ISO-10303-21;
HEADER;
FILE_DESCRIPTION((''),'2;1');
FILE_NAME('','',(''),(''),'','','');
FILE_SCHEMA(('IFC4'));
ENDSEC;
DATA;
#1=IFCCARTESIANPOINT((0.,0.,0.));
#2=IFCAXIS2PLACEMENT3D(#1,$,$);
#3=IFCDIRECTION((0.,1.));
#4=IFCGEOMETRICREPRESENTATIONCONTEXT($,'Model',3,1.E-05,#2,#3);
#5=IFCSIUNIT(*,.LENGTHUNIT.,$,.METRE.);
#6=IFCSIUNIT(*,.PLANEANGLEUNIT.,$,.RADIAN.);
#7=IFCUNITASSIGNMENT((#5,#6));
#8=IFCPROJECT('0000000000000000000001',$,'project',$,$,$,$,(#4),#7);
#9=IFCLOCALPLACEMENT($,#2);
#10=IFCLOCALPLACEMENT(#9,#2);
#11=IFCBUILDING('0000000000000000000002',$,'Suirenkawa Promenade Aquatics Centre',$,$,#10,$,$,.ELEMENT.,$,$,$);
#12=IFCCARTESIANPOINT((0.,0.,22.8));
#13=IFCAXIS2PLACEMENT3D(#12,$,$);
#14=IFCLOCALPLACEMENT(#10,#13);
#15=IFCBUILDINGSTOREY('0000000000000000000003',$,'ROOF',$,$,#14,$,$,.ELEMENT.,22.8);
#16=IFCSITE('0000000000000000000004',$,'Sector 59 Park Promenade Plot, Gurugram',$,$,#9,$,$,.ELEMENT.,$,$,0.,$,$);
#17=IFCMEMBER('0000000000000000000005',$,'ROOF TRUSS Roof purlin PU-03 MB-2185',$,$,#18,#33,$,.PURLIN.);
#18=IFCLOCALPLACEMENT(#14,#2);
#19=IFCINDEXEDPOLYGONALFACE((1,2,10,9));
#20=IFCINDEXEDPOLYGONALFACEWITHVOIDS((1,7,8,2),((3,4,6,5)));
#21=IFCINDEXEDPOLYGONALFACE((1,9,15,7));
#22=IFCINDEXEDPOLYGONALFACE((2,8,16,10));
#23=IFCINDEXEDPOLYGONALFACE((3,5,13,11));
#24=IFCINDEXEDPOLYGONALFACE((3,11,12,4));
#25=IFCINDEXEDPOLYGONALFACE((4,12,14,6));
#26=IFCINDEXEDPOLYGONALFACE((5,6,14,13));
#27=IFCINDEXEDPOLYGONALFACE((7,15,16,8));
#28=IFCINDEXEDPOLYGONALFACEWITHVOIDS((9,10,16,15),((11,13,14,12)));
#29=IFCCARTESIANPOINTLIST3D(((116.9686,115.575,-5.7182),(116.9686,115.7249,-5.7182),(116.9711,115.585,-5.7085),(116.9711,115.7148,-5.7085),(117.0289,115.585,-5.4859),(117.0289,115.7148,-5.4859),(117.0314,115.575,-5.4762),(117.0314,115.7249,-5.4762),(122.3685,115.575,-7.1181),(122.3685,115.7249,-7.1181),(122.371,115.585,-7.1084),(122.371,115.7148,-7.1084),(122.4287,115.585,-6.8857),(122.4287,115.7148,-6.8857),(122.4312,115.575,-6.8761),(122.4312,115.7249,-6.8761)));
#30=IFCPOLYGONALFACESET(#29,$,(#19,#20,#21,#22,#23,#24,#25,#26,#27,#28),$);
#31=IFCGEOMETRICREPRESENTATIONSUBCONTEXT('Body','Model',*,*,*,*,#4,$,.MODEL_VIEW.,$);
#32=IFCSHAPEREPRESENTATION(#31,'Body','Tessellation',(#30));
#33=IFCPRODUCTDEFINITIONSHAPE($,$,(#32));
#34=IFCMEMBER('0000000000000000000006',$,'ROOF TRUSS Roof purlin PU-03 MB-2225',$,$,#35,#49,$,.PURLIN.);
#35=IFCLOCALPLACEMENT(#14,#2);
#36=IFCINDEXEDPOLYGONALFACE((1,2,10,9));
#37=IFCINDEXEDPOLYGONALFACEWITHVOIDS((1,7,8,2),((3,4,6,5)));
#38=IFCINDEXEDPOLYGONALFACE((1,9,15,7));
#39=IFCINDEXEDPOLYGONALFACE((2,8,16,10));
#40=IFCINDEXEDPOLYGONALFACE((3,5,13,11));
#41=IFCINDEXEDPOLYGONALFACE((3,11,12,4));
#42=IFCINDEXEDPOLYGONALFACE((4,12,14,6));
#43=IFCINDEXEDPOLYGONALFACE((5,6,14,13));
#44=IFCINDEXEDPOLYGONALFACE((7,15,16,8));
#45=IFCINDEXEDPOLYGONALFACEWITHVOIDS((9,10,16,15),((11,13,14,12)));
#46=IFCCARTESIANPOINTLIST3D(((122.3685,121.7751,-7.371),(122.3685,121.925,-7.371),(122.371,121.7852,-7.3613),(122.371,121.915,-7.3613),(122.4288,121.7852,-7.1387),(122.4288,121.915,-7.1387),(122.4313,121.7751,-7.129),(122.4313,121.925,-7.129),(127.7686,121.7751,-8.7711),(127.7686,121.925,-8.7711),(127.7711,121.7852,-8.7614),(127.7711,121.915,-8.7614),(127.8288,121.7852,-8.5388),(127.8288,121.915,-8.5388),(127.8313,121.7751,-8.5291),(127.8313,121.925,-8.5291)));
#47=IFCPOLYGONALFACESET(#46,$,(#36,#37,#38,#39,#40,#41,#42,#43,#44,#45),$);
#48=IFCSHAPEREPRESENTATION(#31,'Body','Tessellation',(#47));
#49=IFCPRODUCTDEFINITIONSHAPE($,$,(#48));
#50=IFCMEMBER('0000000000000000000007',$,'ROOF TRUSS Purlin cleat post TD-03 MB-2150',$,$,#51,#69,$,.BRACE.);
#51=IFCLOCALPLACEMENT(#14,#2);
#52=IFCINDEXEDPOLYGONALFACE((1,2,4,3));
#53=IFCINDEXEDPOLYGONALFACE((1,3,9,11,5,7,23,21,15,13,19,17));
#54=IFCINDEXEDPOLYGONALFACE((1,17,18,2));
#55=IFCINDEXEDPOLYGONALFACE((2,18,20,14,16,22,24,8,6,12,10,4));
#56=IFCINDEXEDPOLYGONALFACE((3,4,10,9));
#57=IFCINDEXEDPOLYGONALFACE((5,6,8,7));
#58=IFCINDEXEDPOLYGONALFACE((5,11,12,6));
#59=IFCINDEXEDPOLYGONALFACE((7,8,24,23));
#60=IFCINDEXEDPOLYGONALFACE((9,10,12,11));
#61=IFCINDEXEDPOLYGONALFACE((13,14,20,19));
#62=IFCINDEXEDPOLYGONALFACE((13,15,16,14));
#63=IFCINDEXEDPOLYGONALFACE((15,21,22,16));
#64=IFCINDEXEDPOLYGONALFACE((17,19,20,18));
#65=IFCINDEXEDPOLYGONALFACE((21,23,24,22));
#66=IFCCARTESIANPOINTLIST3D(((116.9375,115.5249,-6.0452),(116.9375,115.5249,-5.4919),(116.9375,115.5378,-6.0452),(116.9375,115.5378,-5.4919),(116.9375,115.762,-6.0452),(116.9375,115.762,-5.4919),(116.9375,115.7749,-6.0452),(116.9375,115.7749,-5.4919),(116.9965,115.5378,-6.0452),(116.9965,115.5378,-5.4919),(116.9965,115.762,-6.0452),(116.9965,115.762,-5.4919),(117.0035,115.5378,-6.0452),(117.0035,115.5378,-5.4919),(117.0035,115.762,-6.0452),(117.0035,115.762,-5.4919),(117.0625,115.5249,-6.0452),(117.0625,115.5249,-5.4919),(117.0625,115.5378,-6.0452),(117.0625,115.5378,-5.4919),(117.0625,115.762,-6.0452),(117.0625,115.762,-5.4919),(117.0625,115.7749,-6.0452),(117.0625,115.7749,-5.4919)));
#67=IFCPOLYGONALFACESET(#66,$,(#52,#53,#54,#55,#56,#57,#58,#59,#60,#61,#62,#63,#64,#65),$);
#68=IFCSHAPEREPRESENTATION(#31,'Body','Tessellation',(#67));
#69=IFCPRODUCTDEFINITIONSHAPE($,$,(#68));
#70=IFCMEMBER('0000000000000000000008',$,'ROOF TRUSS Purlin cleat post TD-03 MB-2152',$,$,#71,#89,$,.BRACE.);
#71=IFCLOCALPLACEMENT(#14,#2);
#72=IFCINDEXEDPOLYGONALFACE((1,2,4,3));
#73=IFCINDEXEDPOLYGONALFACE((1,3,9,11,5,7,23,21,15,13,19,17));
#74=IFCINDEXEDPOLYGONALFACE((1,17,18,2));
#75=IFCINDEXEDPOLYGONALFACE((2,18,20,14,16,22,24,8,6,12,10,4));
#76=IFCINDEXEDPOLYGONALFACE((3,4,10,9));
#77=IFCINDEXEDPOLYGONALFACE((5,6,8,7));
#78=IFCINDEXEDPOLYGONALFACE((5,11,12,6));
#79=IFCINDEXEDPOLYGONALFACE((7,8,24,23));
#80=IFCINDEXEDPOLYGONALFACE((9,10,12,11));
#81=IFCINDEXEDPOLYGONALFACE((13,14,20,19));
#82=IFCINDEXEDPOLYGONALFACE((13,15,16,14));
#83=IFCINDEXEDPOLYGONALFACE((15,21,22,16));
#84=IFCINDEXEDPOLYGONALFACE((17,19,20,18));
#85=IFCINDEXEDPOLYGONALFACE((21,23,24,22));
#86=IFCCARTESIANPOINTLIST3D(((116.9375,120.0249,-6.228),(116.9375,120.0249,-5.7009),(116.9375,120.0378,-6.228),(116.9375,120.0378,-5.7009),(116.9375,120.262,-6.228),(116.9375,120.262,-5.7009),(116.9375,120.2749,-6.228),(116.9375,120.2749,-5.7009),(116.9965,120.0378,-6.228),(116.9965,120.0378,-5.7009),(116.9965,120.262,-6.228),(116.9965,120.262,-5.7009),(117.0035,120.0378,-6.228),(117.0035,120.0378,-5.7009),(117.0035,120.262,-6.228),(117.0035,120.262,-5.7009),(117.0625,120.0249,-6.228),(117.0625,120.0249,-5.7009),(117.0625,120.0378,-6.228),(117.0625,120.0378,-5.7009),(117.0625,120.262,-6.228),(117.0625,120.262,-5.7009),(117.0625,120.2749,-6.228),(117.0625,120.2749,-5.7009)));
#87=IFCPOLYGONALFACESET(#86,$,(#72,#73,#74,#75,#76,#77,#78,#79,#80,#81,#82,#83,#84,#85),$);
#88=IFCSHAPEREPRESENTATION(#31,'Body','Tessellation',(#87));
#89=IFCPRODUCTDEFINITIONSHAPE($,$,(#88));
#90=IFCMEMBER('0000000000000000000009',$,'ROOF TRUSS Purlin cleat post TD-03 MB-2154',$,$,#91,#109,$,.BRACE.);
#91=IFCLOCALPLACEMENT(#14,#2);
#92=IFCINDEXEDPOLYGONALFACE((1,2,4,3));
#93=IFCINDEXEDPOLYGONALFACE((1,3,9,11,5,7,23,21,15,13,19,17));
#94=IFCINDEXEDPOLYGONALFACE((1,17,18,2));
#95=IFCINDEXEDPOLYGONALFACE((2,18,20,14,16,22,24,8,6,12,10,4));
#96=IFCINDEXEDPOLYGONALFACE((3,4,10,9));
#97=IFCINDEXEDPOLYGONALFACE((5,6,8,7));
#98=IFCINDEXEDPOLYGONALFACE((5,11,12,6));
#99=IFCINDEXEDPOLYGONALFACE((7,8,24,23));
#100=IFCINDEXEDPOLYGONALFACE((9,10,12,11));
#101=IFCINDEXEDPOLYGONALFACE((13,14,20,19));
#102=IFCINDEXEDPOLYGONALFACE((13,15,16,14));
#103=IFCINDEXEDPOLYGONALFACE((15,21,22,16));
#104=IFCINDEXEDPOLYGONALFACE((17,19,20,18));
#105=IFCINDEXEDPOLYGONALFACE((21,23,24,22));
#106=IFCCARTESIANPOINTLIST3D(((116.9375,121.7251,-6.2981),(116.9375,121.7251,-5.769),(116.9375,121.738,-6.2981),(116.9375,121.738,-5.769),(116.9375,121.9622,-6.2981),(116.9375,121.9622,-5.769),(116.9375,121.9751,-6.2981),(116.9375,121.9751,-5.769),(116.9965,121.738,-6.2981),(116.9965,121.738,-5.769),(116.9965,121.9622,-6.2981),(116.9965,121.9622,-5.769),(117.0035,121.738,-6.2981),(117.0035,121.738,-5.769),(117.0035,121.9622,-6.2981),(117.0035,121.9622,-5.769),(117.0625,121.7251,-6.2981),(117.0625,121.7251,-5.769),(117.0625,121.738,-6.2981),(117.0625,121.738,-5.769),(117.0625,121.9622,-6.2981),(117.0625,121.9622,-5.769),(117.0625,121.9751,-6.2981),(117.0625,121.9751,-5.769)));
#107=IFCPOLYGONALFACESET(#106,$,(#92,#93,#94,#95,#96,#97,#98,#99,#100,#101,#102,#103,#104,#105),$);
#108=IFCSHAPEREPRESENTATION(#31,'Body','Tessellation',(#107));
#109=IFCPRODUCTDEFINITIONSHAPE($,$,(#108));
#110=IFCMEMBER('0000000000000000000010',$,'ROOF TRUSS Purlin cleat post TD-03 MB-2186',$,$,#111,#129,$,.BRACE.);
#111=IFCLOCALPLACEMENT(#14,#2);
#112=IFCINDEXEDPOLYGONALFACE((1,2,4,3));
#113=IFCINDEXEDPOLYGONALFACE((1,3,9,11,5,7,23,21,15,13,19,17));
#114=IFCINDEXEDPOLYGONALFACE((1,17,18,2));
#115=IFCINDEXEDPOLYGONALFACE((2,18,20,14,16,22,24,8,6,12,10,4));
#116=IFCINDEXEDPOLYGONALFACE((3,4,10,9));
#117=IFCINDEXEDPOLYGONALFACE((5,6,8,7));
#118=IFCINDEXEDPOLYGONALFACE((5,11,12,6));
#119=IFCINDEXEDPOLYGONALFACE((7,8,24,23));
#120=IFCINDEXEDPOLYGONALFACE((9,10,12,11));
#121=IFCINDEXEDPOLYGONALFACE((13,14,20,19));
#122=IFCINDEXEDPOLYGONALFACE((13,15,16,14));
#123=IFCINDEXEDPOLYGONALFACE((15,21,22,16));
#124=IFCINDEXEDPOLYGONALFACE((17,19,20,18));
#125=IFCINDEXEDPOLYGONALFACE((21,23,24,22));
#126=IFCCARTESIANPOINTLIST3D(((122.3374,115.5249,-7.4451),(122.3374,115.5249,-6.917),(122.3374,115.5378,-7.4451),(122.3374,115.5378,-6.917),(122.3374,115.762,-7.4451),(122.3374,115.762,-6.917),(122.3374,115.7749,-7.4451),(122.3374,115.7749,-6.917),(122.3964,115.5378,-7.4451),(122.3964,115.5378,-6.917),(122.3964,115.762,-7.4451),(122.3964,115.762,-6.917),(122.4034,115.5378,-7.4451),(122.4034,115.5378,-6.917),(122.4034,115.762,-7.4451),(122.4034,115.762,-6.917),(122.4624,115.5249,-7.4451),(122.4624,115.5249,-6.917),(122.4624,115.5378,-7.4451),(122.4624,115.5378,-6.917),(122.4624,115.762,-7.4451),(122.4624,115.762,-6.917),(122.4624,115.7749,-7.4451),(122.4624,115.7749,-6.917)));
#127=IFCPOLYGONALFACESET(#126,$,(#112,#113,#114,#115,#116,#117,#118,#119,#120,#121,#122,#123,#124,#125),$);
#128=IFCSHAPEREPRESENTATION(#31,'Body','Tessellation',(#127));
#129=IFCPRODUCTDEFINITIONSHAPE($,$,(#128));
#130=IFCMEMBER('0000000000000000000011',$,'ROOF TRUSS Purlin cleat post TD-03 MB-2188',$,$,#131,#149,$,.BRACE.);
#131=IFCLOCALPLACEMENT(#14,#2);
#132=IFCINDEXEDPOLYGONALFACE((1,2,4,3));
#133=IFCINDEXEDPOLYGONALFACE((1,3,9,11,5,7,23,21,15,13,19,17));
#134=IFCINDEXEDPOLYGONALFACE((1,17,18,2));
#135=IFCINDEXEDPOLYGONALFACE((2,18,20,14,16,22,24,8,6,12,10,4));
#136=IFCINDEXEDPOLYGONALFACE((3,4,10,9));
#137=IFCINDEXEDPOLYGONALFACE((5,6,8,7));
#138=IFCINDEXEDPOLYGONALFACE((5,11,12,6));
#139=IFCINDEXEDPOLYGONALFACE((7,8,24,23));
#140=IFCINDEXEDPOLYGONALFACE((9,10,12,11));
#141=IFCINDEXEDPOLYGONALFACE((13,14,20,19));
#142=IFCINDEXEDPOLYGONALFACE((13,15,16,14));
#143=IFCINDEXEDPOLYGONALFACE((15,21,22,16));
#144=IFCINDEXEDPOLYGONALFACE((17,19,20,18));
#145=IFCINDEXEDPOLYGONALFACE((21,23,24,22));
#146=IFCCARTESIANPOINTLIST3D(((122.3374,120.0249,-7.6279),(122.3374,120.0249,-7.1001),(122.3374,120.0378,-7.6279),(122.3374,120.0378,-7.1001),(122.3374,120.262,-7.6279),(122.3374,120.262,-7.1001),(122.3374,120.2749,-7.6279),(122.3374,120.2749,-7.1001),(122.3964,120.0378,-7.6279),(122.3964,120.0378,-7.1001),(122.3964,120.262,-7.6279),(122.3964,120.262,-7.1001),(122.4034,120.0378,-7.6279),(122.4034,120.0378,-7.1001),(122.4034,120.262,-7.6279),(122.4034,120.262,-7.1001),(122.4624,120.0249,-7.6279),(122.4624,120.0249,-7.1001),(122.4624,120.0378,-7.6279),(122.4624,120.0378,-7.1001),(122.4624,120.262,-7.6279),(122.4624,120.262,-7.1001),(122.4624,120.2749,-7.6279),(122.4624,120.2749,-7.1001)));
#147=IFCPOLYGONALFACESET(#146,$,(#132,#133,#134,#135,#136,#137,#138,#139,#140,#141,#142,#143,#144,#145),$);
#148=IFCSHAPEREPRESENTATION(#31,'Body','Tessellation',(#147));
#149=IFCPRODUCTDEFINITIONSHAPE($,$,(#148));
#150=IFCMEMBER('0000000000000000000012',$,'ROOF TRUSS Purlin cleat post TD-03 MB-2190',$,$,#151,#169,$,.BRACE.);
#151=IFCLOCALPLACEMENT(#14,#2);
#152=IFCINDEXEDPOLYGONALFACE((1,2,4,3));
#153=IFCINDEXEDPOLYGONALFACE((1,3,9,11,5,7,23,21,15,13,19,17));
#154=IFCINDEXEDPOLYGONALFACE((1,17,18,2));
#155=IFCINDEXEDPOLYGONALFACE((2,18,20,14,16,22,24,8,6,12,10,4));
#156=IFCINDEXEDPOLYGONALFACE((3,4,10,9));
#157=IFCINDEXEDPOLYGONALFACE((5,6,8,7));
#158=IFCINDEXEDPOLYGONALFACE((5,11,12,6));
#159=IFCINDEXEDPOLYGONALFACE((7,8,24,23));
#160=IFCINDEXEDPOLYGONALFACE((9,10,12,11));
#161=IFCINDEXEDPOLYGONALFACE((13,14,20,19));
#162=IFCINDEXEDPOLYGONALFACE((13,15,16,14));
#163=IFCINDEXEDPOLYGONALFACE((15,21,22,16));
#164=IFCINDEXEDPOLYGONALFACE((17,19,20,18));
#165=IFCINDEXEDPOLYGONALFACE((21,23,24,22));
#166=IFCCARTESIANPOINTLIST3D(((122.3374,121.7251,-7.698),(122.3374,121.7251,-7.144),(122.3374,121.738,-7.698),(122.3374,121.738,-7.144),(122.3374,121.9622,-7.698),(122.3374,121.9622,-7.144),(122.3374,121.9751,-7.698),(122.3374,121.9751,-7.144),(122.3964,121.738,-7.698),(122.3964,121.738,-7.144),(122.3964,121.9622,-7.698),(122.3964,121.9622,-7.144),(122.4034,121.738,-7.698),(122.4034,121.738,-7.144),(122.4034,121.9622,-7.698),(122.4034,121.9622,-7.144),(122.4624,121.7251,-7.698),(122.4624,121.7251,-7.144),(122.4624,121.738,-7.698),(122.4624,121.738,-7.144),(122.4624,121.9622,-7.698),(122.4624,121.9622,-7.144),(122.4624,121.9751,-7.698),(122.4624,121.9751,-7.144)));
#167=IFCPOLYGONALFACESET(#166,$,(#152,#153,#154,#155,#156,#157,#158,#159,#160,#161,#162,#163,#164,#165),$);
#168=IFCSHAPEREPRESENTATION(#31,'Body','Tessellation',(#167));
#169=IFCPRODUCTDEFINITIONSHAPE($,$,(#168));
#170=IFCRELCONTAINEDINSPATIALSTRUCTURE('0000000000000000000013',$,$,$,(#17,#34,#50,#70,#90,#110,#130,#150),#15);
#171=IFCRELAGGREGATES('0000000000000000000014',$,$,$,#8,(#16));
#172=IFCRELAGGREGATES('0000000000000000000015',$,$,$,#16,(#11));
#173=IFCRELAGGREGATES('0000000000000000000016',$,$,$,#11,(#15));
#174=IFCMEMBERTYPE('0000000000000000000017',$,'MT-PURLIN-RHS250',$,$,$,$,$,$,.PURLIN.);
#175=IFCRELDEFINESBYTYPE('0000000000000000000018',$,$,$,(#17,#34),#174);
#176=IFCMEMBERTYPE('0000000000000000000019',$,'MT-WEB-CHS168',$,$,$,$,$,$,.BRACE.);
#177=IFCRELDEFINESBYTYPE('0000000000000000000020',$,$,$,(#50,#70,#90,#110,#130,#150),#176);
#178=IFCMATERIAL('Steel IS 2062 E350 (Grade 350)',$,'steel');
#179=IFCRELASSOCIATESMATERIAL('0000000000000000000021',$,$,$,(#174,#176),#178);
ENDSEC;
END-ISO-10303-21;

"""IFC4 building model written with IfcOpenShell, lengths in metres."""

from ifc_helpers import new_model, si_unit, direction, frame, origin, origin_2d, place, context, subcontext, project, spatial, hollow_rectangle, i_section, extrude, material, material_profile, profile_set, type_object, element, save


model = new_model("IFC4")

# Units and contexts
model_context = context("Model", 3, precision=1e-05, world=origin(), true_north=direction((0.0, 1.0)))
body_context = subcontext(model_context, "Body", "Model", "MODEL_VIEW")
ifc_project = project(units=[si_unit("LENGTHUNIT", "METRE"), si_unit("PLANEANGLEUNIT", "RADIAN")], contexts=[model_context])

# Site, building, storey
site_placement = place(None, origin())
site = spatial("IfcSite", under=ifc_project, at=site_placement, Name="Sector 59 Park Promenade Plot, Gurugram", CompositionType="ELEMENT", RefElevation=0.0)
building_placement = place(site_placement, origin())
building = spatial("IfcBuilding", under=site, at=building_placement, Name="Suirenkawa Promenade Aquatics Centre", CompositionType="ELEMENT")
storey_placement = place(building_placement, frame((0.0, 0.0, 22.8)))
storey = spatial("IfcBuildingStorey", under=building, at=storey_placement, Name="ROOF", CompositionType="ELEMENT", Elevation=22.8)

# Shared definitions
ifc_material = material(Name="Steel IS 2062 E350 (Grade 350)", Category="steel")

# Members
ifc_material_profile_1 = material_profile(ifc_material, hollow_rectangle(XDim=0.1499, YDim=0.25, WallThickness=0.01, at=origin_2d()), Name="RHS 250x150x10", Category="steel")
ifc_profile_set_1 = profile_set([ifc_material_profile_1], Name="Steel IS 2062 E350 (Grade 350)")
member_type_1 = type_object("IfcMemberType", Name="MT-PURLIN-RHS250", PredefinedType="PURLIN", material=ifc_profile_set_1)
member_1_placement = place(storey_placement, frame((117.0, 115.6499, -5.5972), z_axis=(0.968, 0.0, -0.25095), x_axis=(0.0, 1.0, 0.0)))
element("IfcMember", 1, at=member_1_placement, inside=storey, type_object=member_type_1, Name="ROOF TRUSS Roof purlin PU-03 MB-2185", PredefinedType="PURLIN", context=body_context, shape_type="SweptSolid", body=[
    extrude(hollow_rectangle(XDim=0.1499, YDim=0.25, WallThickness=0.01, at=origin_2d()), origin(), (0.0, 0.0, 1.0), 5.5784),
])
member_2_placement = place(storey_placement, frame((122.3999, 121.8501, -7.25), z_axis=(0.967992, 0.0, -0.25098), x_axis=(0.0, 1.0, 0.0)))
element("IfcMember", 2, at=member_2_placement, inside=storey, type_object=member_type_1, Name="ROOF TRUSS Roof purlin PU-03 MB-2225", PredefinedType="PURLIN", context=body_context, shape_type="SweptSolid", body=[
    extrude(hollow_rectangle(XDim=0.1499, YDim=0.25, WallThickness=0.01, at=origin_2d()), origin(), (0.0, 0.0, 1.0), 5.5786),
])
ifc_material_profile_2 = material_profile(ifc_material, i_section(OverallWidth=0.125, OverallDepth=0.25, WebThickness=0.0071, FlangeThickness=0.0129, at=origin_2d()), Name="ISMB 250", Category="steel")
ifc_profile_set_2 = profile_set([ifc_material_profile_2], Name="Steel IS 2062 E350 (Grade 350)")
member_type_2 = type_object("IfcMemberType", Name="MT-WEB-CHS168", PredefinedType="BRACE", material=ifc_profile_set_2)
member_3_placement = place(storey_placement, frame((117.0, 115.6499, -6.0452), z_axis=(0.0, 0.0, 1.0), x_axis=(1.0, 0.0, 0.0)))
element("IfcMember", 3, at=member_3_placement, inside=storey, type_object=member_type_2, Name="ROOF TRUSS Purlin cleat post TD-03 MB-2150", PredefinedType="BRACE", context=body_context, shape_type="SweptSolid", body=[
    extrude(i_section(OverallWidth=0.125, OverallDepth=0.25, WebThickness=0.0071, FlangeThickness=0.0129, at=origin_2d()), origin(), (0.0, 0.0, 1.0), 0.5532),
])
member_4_placement = place(storey_placement, frame((117.0, 120.1499, -6.228), z_axis=(0.0, 0.0, 1.0), x_axis=(1.0, 0.0, 0.0)))
element("IfcMember", 4, at=member_4_placement, inside=storey, type_object=member_type_2, Name="ROOF TRUSS Purlin cleat post TD-03 MB-2152", PredefinedType="BRACE", context=body_context, shape_type="SweptSolid", body=[
    extrude(i_section(OverallWidth=0.125, OverallDepth=0.25, WebThickness=0.0071, FlangeThickness=0.0129, at=origin_2d()), origin(), (0.0, 0.0, 1.0), 0.5271),
])
member_5_placement = place(storey_placement, frame((117.0, 121.8501, -6.2981), z_axis=(0.0, 0.0, 1.0), x_axis=(1.0, 0.0, 0.0)))
element("IfcMember", 5, at=member_5_placement, inside=storey, type_object=member_type_2, Name="ROOF TRUSS Purlin cleat post TD-03 MB-2154", PredefinedType="BRACE", context=body_context, shape_type="SweptSolid", body=[
    extrude(i_section(OverallWidth=0.125, OverallDepth=0.25, WebThickness=0.0071, FlangeThickness=0.0129, at=origin_2d()), origin(), (0.0, 0.0, 1.0), 0.5291),
])
member_6_placement = place(storey_placement, frame((122.3999, 115.6499, -7.4451), z_axis=(0.0, 0.0, 1.0), x_axis=(1.0, 0.0, 0.0)))
element("IfcMember", 6, at=member_6_placement, inside=storey, type_object=member_type_2, Name="ROOF TRUSS Purlin cleat post TD-03 MB-2186", PredefinedType="BRACE", context=body_context, shape_type="SweptSolid", body=[
    extrude(i_section(OverallWidth=0.125, OverallDepth=0.25, WebThickness=0.0071, FlangeThickness=0.0129, at=origin_2d()), origin(), (0.0, 0.0, 1.0), 0.5281),
])
member_7_placement = place(storey_placement, frame((122.3999, 120.1499, -7.6279), z_axis=(0.0, 0.0, 1.0), x_axis=(1.0, 0.0, 0.0)))
element("IfcMember", 7, at=member_7_placement, inside=storey, type_object=member_type_2, Name="ROOF TRUSS Purlin cleat post TD-03 MB-2188", PredefinedType="BRACE", context=body_context, shape_type="SweptSolid", body=[
    extrude(i_section(OverallWidth=0.125, OverallDepth=0.25, WebThickness=0.0071, FlangeThickness=0.0129, at=origin_2d()), origin(), (0.0, 0.0, 1.0), 0.5278),
])
member_8_placement = place(storey_placement, frame((122.3999, 121.8501, -7.698), z_axis=(0.0, 0.0, 1.0), x_axis=(1.0, 0.0, 0.0)))
element("IfcMember", 8, at=member_8_placement, inside=storey, type_object=member_type_2, Name="ROOF TRUSS Purlin cleat post TD-03 MB-2190", PredefinedType="BRACE", context=body_context, shape_type="SweptSolid", body=[
    extrude(i_section(OverallWidth=0.125, OverallDepth=0.25, WebThickness=0.0071, FlangeThickness=0.0129, at=origin_2d()), origin(), (0.0, 0.0, 1.0), 0.554),
])

save(model, "model.ifc")
